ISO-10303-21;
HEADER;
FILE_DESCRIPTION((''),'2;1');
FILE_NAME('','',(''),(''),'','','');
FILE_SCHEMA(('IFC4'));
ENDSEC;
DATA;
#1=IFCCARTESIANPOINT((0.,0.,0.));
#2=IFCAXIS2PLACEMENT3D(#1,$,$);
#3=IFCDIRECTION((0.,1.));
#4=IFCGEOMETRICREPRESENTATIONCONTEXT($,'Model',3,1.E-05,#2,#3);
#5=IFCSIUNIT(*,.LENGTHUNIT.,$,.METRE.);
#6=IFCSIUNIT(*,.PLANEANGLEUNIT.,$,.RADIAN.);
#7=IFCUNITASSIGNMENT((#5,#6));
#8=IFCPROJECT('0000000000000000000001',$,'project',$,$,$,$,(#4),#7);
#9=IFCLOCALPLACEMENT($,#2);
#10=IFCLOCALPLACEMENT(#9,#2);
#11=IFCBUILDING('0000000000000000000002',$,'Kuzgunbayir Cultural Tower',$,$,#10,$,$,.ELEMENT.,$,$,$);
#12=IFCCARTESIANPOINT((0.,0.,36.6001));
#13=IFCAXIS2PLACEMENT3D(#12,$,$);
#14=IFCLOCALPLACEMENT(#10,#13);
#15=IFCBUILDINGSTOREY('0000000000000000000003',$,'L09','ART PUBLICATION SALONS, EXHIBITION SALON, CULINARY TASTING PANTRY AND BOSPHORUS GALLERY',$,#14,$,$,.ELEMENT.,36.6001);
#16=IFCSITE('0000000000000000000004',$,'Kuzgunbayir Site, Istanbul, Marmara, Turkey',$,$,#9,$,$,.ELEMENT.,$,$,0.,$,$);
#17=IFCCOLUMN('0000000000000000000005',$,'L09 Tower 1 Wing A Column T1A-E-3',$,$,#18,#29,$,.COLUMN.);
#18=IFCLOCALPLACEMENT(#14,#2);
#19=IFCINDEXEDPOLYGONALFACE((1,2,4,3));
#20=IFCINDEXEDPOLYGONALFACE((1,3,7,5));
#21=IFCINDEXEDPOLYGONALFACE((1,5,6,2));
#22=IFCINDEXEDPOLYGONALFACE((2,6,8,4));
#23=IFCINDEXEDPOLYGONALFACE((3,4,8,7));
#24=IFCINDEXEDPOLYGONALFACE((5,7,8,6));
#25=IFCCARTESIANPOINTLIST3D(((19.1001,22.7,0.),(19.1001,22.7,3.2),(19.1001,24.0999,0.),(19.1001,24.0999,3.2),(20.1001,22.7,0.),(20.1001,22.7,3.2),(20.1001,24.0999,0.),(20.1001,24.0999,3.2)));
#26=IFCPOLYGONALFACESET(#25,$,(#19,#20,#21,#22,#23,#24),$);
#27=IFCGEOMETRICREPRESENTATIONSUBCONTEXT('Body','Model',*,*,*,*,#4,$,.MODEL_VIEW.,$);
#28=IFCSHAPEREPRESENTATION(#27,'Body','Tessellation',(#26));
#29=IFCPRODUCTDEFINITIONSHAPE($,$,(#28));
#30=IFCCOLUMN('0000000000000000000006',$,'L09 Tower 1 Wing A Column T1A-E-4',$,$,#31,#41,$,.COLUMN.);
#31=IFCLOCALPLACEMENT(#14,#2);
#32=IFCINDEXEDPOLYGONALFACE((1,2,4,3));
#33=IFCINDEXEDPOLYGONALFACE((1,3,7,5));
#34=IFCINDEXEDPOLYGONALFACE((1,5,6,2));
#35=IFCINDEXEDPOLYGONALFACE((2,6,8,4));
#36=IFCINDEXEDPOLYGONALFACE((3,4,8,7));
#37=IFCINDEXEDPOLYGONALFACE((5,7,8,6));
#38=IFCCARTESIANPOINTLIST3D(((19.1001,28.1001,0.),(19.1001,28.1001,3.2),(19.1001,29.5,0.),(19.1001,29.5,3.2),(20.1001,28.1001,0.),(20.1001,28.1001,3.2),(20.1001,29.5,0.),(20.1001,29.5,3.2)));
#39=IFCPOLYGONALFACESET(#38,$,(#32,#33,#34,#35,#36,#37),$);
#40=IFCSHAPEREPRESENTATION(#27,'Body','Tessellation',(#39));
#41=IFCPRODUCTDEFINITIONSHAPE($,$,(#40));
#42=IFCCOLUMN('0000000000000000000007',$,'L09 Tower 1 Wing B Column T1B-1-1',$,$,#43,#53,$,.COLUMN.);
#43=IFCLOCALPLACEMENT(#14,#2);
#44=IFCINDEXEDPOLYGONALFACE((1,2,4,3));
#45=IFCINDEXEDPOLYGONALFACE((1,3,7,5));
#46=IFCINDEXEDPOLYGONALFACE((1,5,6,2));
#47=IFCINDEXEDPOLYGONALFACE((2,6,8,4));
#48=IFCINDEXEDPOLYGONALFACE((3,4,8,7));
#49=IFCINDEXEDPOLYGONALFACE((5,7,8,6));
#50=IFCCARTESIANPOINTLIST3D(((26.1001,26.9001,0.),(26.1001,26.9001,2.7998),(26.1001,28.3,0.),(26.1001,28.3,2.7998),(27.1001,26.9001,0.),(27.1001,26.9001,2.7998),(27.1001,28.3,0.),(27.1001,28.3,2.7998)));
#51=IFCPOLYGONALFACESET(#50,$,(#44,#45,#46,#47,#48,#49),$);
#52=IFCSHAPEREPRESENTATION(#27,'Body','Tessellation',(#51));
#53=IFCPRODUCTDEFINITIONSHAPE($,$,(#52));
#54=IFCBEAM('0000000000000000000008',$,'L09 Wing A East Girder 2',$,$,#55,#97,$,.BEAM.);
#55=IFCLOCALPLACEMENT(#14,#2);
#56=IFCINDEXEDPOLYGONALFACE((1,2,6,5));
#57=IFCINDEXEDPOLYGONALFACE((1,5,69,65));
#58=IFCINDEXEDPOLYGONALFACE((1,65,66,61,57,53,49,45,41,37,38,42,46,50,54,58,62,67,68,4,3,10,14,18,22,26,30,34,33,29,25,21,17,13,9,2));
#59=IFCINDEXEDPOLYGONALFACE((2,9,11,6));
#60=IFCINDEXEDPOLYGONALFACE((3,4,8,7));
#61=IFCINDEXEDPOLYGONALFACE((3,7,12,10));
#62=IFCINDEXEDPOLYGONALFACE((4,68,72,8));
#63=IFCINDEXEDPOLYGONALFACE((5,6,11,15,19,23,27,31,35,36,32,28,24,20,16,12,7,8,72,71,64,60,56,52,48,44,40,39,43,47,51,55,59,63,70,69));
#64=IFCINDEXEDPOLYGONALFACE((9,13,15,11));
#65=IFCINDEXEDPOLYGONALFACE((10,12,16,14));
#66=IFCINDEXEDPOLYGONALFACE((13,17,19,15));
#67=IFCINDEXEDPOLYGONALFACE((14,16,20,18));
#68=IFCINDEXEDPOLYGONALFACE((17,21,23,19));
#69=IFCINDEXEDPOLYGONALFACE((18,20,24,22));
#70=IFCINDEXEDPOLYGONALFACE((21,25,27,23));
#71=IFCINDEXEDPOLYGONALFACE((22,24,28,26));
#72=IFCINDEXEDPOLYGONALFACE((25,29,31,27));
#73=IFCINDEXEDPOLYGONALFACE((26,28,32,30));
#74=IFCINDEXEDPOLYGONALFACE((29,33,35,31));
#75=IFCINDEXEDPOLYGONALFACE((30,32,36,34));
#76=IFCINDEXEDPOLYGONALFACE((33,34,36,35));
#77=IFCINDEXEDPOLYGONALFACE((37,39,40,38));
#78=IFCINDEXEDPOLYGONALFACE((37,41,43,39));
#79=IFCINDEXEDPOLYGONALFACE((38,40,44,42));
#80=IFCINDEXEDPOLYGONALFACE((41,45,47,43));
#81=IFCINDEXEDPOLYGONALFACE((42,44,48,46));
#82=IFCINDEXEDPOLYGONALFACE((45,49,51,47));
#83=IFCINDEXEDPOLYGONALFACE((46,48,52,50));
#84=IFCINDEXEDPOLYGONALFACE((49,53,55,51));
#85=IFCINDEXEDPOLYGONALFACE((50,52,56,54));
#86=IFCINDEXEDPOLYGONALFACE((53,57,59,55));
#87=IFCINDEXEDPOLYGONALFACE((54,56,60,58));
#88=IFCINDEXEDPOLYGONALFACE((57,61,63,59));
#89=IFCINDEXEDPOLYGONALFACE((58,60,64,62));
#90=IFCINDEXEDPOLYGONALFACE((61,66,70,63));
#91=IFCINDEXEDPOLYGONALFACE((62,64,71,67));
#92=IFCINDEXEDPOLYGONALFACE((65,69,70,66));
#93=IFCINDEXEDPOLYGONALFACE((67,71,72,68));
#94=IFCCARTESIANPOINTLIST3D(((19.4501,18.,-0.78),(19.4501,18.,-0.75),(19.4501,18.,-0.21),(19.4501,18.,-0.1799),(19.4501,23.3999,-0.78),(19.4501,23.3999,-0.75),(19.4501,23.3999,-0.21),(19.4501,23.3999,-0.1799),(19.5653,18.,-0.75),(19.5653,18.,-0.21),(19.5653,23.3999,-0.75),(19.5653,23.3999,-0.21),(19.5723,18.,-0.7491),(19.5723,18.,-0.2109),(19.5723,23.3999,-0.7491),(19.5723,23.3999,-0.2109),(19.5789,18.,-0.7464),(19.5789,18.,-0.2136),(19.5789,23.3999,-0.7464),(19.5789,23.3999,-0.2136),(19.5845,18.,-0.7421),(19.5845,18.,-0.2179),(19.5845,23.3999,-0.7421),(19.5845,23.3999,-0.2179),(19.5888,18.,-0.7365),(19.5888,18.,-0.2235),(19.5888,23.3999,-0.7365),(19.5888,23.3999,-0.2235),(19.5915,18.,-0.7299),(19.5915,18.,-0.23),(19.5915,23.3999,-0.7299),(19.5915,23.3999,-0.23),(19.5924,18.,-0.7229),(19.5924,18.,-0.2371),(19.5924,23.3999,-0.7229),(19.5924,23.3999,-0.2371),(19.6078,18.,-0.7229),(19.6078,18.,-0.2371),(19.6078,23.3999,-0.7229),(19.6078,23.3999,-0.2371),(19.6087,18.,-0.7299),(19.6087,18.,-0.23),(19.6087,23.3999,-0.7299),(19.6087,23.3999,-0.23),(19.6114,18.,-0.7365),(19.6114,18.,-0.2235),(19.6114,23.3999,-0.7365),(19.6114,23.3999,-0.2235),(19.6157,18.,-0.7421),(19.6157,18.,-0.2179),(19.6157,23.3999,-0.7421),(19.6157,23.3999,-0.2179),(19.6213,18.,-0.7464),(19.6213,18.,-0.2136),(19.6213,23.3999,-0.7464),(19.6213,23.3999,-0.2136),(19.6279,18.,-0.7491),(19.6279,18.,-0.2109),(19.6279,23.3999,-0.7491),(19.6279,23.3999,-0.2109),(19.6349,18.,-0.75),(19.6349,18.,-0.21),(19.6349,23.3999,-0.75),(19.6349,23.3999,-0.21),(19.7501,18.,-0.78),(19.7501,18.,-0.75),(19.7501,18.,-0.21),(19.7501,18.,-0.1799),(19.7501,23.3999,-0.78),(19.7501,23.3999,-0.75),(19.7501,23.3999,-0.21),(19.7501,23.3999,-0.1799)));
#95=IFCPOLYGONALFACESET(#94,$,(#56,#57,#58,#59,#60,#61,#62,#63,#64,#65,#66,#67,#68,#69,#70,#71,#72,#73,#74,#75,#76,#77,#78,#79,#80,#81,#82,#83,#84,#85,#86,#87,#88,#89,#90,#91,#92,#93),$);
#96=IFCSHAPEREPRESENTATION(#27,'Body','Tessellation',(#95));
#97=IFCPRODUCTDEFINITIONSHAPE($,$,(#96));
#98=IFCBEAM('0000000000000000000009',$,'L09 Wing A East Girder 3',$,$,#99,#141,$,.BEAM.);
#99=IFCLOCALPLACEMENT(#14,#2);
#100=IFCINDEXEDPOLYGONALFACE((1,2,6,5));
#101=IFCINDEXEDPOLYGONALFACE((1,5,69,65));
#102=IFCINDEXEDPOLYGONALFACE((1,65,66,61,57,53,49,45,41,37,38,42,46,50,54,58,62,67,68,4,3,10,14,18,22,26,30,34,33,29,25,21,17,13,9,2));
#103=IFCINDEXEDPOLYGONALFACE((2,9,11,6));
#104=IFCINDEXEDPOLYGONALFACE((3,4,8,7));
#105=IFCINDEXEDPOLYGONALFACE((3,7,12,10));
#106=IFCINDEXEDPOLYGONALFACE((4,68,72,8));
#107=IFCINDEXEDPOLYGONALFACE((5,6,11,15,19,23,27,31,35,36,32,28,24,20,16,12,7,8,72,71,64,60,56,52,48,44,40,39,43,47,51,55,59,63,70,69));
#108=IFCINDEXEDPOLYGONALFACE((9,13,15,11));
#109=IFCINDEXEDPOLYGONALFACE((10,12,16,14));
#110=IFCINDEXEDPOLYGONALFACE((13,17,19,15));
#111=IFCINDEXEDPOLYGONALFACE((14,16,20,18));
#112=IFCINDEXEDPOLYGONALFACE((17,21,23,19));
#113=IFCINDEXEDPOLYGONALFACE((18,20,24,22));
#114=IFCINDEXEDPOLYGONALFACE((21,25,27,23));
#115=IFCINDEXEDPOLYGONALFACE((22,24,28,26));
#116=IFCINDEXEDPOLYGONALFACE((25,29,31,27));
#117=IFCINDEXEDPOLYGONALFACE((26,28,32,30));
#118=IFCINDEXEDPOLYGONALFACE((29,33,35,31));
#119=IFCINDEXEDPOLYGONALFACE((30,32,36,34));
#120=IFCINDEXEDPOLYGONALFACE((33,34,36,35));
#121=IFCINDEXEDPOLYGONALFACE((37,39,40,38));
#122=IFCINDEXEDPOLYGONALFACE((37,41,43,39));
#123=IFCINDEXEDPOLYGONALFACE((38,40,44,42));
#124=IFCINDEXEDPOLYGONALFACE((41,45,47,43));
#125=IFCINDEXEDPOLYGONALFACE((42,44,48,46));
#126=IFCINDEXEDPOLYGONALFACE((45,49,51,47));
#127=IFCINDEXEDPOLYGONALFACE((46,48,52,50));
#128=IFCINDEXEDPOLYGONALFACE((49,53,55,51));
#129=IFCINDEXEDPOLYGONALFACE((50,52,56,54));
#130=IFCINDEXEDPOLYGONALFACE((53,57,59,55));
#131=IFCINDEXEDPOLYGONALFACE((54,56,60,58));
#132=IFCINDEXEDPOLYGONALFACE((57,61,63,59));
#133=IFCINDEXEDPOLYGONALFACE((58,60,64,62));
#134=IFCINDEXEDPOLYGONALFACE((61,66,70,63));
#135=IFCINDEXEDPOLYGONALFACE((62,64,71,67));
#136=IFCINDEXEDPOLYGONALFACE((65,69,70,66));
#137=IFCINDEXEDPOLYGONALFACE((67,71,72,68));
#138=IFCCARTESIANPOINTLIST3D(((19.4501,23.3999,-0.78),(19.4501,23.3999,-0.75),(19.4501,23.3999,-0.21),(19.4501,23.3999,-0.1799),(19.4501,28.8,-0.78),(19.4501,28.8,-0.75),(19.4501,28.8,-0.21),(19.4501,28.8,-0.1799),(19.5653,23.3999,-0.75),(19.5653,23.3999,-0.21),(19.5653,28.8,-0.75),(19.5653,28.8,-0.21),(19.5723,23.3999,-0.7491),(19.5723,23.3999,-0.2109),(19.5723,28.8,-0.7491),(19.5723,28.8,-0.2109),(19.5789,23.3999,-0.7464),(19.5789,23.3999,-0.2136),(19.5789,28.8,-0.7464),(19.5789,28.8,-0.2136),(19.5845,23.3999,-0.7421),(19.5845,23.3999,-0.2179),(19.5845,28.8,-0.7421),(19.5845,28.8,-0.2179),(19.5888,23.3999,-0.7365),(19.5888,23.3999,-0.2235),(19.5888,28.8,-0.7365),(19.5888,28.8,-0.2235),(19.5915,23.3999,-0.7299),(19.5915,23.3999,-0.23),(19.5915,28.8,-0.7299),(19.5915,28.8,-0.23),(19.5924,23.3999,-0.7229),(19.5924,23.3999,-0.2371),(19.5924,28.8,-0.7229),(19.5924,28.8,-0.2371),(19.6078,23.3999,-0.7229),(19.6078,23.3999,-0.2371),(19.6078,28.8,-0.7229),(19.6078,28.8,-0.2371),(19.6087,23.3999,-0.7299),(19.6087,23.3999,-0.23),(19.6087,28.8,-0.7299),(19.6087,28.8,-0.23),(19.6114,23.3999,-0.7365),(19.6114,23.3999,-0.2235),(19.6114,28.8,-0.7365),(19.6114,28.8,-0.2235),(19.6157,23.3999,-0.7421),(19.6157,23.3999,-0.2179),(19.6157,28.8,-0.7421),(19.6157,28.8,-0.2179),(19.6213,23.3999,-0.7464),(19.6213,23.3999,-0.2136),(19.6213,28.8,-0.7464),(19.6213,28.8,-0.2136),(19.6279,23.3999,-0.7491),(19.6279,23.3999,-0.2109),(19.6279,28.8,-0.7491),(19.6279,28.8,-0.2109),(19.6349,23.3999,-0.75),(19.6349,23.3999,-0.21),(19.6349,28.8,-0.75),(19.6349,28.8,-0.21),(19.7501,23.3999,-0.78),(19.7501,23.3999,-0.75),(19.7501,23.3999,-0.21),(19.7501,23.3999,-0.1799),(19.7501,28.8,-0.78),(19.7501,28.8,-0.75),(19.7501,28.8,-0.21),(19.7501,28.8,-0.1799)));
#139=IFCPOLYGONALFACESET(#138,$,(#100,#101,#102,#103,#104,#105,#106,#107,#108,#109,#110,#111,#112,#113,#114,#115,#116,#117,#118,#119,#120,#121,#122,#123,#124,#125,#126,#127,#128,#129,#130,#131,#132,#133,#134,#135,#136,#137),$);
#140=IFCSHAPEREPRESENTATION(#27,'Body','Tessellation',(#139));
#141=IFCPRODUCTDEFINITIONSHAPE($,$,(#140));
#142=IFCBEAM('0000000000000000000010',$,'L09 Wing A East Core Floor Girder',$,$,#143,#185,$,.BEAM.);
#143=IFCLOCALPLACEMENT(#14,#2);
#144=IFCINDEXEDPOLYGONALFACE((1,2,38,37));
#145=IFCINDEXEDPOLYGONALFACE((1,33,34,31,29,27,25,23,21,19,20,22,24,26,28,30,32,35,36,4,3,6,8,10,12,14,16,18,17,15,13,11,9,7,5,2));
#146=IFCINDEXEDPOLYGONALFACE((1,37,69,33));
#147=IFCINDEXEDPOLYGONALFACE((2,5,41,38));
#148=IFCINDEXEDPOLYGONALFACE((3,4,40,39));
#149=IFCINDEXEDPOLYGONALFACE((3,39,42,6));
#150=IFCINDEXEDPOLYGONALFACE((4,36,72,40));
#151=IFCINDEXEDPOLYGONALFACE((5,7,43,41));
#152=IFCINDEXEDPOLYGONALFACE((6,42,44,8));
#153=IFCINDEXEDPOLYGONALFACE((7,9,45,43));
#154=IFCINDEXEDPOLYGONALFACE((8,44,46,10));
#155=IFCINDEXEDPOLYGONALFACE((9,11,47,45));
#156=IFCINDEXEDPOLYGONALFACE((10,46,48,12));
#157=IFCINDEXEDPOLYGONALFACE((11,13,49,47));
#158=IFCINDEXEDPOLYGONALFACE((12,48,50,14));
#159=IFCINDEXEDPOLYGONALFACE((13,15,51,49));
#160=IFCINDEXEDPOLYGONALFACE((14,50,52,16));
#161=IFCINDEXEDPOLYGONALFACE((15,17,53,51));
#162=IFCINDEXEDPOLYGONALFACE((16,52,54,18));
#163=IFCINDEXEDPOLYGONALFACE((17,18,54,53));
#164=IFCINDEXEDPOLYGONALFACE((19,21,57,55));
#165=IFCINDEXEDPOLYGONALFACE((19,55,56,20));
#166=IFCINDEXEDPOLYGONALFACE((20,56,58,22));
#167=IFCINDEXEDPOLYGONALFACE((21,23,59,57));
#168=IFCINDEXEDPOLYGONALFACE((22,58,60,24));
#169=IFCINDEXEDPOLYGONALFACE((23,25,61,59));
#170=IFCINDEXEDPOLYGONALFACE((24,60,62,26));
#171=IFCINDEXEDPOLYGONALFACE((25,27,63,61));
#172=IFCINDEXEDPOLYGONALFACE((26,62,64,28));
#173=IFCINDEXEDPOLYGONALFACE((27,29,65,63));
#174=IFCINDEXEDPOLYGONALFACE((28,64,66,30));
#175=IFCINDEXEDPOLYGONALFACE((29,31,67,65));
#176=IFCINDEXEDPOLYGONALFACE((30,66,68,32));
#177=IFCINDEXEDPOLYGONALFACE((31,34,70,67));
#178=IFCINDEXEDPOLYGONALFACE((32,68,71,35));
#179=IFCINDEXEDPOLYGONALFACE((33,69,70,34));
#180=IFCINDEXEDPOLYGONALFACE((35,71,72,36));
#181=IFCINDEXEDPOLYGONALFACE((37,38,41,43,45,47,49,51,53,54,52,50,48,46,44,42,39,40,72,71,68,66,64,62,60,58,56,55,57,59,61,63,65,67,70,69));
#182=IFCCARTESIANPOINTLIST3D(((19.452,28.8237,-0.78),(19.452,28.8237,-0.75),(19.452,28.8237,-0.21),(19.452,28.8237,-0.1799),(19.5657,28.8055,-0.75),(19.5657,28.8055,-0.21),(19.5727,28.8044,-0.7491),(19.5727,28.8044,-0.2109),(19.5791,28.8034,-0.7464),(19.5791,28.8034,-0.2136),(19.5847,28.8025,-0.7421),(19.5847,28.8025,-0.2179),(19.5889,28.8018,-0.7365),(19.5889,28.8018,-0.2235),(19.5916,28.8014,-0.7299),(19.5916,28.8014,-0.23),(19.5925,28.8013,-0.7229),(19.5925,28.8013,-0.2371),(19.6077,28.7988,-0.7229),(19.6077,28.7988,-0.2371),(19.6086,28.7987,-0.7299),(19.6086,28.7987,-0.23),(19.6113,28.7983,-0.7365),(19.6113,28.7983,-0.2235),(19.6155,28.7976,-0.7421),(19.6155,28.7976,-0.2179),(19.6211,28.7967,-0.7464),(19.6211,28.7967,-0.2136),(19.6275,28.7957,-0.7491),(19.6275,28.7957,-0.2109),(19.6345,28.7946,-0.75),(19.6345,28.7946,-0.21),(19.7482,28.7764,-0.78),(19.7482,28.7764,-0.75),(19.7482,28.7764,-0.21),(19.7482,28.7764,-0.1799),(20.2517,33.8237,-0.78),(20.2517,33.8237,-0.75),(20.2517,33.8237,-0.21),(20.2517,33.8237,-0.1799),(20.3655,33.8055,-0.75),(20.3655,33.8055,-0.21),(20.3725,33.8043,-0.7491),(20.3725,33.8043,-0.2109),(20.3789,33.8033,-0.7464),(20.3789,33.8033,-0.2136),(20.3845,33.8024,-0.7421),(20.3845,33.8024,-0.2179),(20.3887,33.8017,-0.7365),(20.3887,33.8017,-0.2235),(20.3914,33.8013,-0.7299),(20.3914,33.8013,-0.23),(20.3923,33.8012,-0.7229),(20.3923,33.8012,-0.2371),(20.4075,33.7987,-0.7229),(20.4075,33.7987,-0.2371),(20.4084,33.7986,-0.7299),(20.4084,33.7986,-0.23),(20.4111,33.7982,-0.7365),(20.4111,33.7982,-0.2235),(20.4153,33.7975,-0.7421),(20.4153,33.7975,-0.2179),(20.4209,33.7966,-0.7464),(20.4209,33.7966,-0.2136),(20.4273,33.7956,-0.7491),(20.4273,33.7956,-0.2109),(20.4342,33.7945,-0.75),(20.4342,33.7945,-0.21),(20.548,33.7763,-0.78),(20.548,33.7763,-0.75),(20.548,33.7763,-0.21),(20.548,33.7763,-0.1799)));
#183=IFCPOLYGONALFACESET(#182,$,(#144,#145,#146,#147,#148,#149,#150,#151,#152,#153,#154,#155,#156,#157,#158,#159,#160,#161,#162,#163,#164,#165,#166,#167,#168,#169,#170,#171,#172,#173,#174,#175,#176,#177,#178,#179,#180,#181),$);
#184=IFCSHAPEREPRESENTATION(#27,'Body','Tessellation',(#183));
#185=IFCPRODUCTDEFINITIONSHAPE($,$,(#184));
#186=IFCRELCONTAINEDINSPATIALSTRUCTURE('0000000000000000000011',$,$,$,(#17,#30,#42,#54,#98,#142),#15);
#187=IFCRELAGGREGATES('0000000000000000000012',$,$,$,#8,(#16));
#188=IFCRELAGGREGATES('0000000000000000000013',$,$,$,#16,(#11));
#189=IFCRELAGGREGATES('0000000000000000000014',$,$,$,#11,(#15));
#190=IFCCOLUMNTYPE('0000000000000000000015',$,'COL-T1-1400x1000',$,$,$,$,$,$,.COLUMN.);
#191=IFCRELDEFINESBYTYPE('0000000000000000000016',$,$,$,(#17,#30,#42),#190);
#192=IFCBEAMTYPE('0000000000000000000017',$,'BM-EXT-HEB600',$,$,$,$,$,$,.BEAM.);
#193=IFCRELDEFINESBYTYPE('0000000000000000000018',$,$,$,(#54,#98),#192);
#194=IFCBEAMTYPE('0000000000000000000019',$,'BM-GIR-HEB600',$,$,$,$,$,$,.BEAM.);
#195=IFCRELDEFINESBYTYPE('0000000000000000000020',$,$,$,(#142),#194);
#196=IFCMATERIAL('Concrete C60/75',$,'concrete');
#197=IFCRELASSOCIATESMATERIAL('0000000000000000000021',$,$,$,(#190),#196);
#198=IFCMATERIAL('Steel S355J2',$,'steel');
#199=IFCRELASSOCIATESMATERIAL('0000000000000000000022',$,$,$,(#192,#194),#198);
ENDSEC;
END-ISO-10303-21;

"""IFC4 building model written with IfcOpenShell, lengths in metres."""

from ifc_helpers import new_model, si_unit, direction, frame, origin, origin_2d, place, context, subcontext, project, spatial, rectangle, i_section, extrude, material, material_profile, profile_set, type_object, element, save


model = new_model("IFC4")

# Units and contexts
model_context = context("Model", 3, precision=1e-05, world=origin(), true_north=direction((0.0, 1.0)))
body_context = subcontext(model_context, "Body", "Model", "MODEL_VIEW")
ifc_project = project(units=[si_unit("LENGTHUNIT", "METRE"), si_unit("PLANEANGLEUNIT", "RADIAN")], contexts=[model_context])

# Site, building, storey
site_placement = place(None, origin())
site = spatial("IfcSite", under=ifc_project, at=site_placement, Name="Kuzgunbayir Site, Istanbul, Marmara, Turkey", CompositionType="ELEMENT", RefElevation=0.0)
building_placement = place(site_placement, origin())
building = spatial("IfcBuilding", under=site, at=building_placement, Name="Kuzgunbayir Cultural Tower", CompositionType="ELEMENT")
storey_placement = place(building_placement, frame((0.0, 0.0, 36.6001)))
storey = spatial("IfcBuildingStorey", under=building, at=storey_placement, Name="L09", Description="ART PUBLICATION SALONS, EXHIBITION SALON, CULINARY TASTING PANTRY AND BOSPHORUS GALLERY", CompositionType="ELEMENT", Elevation=36.6001)

# Columns
ifc_material_1 = material(Name="Concrete C60/75", Category="concrete")
ifc_material_profile_1 = material_profile(ifc_material_1, rectangle(XDim=1.0, YDim=1.3999, at=origin_2d()), Name="RC 1400x1000")
ifc_profile_set_1 = profile_set([ifc_material_profile_1], Name="Concrete C60/75")
column_type = type_object("IfcColumnType", Name="COL-T1-1400x1000", PredefinedType="COLUMN", material=ifc_profile_set_1)
for number, where, z_axis, x_axis, name in (
    (1, (19.6001, 23.3999, 0.0), (0.0, 0.0, 1.0), (1.0, 0.0, 0.0), "L09 Tower 1 Wing A Column T1A-E-3"),
    (2, (19.6001, 28.8, 0.0), (0.0, 0.0, 1.0), (1.0, 0.0, 0.0), "L09 Tower 1 Wing A Column T1A-E-4"),
):
    element("IfcColumn", number, at=place(storey_placement, frame(where, z_axis=z_axis, x_axis=x_axis)), inside=storey, type_object=column_type, Name=name, PredefinedType="COLUMN", context=body_context, shape_type="SweptSolid", body=[
        extrude(rectangle(XDim=1.0, YDim=1.3999, at=origin_2d()), origin(), (0.0, 0.0, 1.0), 3.2),
    ])
column_placement = place(storey_placement, frame((26.6001, 27.6001, 0.0), z_axis=(0.0, 0.0, 1.0), x_axis=(1.0, 0.0, 0.0)))
element("IfcColumn", 3, at=column_placement, inside=storey, type_object=column_type, Name="L09 Tower 1 Wing B Column T1B-1-1", PredefinedType="COLUMN", context=body_context, shape_type="SweptSolid", body=[
    extrude(rectangle(XDim=1.0, YDim=1.3999, at=origin_2d()), origin(), (0.0, 0.0, 1.0), 2.7998),
])

# Beams
ifc_material_2 = material(Name="Steel S355J2", Category="steel")
ifc_material_profile_2 = material_profile(ifc_material_2, i_section(OverallWidth=0.3, OverallDepth=0.6001, WebThickness=0.0154, FlangeThickness=0.03, FilletRadius=0.0271, at=origin_2d()), Name="HEB 600")
ifc_profile_set_2 = profile_set([ifc_material_profile_2], Name="Steel S355J2")
beam_type_1 = type_object("IfcBeamType", Name="BM-EXT-HEB600", PredefinedType="BEAM", material=ifc_profile_set_2)
beam_1_placement = place(storey_placement, frame((19.6001, 18.0, -0.48), z_axis=(0.0, 1.0, 0.0), x_axis=(-1.0, 0.0, 0.0)))
element("IfcBeam", 4, at=beam_1_placement, inside=storey, type_object=beam_type_1, Name="L09 Wing A East Girder 2", PredefinedType="BEAM", context=body_context, shape_type="SweptSolid", body=[
    extrude(i_section(OverallWidth=0.3, OverallDepth=0.6001, WebThickness=0.0154, FlangeThickness=0.03, FilletRadius=0.0271, at=origin_2d()), origin(), (0.0, 0.0, 1.0), 5.3999),
])
beam_2_placement = place(storey_placement, frame((19.6001, 23.3999, -0.48), z_axis=(0.0, 1.0, 0.0), x_axis=(-1.0, 0.0, 0.0)))
element("IfcBeam", 5, at=beam_2_placement, inside=storey, type_object=beam_type_1, Name="L09 Wing A East Girder 3", PredefinedType="BEAM", context=body_context, shape_type="SweptSolid", body=[
    extrude(i_section(OverallWidth=0.3, OverallDepth=0.6001, WebThickness=0.0154, FlangeThickness=0.03, FilletRadius=0.0271, at=origin_2d()), origin(), (0.0, 0.0, 1.0), 5.4001),
])
ifc_material_profile_3 = material_profile(ifc_material_2, i_section(OverallWidth=0.3, OverallDepth=0.6001, WebThickness=0.0154, FlangeThickness=0.03, FilletRadius=0.0271, at=origin_2d()), Name="HEB 600")
ifc_profile_set_3 = profile_set([ifc_material_profile_3], Name="Steel S355J2")
beam_type_2 = type_object("IfcBeamType", Name="BM-GIR-HEB600", PredefinedType="BEAM", material=ifc_profile_set_3)
beam_3_placement = place(storey_placement, frame((19.6001, 28.8, -0.48), z_axis=(0.157953, 0.987447, 0.0), x_axis=(-0.987447, 0.157953, 0.0)))
element("IfcBeam", 6, at=beam_3_placement, inside=storey, type_object=beam_type_2, Name="L09 Wing A East Core Floor Girder", PredefinedType="BEAM", context=body_context, shape_type="SweptSolid", body=[
    extrude(i_section(OverallWidth=0.3, OverallDepth=0.6001, WebThickness=0.0154, FlangeThickness=0.03, FilletRadius=0.0271, at=origin_2d()), origin(), (0.0, 0.0, 1.0), 5.0635),
])

save(model, "model.ifc")
